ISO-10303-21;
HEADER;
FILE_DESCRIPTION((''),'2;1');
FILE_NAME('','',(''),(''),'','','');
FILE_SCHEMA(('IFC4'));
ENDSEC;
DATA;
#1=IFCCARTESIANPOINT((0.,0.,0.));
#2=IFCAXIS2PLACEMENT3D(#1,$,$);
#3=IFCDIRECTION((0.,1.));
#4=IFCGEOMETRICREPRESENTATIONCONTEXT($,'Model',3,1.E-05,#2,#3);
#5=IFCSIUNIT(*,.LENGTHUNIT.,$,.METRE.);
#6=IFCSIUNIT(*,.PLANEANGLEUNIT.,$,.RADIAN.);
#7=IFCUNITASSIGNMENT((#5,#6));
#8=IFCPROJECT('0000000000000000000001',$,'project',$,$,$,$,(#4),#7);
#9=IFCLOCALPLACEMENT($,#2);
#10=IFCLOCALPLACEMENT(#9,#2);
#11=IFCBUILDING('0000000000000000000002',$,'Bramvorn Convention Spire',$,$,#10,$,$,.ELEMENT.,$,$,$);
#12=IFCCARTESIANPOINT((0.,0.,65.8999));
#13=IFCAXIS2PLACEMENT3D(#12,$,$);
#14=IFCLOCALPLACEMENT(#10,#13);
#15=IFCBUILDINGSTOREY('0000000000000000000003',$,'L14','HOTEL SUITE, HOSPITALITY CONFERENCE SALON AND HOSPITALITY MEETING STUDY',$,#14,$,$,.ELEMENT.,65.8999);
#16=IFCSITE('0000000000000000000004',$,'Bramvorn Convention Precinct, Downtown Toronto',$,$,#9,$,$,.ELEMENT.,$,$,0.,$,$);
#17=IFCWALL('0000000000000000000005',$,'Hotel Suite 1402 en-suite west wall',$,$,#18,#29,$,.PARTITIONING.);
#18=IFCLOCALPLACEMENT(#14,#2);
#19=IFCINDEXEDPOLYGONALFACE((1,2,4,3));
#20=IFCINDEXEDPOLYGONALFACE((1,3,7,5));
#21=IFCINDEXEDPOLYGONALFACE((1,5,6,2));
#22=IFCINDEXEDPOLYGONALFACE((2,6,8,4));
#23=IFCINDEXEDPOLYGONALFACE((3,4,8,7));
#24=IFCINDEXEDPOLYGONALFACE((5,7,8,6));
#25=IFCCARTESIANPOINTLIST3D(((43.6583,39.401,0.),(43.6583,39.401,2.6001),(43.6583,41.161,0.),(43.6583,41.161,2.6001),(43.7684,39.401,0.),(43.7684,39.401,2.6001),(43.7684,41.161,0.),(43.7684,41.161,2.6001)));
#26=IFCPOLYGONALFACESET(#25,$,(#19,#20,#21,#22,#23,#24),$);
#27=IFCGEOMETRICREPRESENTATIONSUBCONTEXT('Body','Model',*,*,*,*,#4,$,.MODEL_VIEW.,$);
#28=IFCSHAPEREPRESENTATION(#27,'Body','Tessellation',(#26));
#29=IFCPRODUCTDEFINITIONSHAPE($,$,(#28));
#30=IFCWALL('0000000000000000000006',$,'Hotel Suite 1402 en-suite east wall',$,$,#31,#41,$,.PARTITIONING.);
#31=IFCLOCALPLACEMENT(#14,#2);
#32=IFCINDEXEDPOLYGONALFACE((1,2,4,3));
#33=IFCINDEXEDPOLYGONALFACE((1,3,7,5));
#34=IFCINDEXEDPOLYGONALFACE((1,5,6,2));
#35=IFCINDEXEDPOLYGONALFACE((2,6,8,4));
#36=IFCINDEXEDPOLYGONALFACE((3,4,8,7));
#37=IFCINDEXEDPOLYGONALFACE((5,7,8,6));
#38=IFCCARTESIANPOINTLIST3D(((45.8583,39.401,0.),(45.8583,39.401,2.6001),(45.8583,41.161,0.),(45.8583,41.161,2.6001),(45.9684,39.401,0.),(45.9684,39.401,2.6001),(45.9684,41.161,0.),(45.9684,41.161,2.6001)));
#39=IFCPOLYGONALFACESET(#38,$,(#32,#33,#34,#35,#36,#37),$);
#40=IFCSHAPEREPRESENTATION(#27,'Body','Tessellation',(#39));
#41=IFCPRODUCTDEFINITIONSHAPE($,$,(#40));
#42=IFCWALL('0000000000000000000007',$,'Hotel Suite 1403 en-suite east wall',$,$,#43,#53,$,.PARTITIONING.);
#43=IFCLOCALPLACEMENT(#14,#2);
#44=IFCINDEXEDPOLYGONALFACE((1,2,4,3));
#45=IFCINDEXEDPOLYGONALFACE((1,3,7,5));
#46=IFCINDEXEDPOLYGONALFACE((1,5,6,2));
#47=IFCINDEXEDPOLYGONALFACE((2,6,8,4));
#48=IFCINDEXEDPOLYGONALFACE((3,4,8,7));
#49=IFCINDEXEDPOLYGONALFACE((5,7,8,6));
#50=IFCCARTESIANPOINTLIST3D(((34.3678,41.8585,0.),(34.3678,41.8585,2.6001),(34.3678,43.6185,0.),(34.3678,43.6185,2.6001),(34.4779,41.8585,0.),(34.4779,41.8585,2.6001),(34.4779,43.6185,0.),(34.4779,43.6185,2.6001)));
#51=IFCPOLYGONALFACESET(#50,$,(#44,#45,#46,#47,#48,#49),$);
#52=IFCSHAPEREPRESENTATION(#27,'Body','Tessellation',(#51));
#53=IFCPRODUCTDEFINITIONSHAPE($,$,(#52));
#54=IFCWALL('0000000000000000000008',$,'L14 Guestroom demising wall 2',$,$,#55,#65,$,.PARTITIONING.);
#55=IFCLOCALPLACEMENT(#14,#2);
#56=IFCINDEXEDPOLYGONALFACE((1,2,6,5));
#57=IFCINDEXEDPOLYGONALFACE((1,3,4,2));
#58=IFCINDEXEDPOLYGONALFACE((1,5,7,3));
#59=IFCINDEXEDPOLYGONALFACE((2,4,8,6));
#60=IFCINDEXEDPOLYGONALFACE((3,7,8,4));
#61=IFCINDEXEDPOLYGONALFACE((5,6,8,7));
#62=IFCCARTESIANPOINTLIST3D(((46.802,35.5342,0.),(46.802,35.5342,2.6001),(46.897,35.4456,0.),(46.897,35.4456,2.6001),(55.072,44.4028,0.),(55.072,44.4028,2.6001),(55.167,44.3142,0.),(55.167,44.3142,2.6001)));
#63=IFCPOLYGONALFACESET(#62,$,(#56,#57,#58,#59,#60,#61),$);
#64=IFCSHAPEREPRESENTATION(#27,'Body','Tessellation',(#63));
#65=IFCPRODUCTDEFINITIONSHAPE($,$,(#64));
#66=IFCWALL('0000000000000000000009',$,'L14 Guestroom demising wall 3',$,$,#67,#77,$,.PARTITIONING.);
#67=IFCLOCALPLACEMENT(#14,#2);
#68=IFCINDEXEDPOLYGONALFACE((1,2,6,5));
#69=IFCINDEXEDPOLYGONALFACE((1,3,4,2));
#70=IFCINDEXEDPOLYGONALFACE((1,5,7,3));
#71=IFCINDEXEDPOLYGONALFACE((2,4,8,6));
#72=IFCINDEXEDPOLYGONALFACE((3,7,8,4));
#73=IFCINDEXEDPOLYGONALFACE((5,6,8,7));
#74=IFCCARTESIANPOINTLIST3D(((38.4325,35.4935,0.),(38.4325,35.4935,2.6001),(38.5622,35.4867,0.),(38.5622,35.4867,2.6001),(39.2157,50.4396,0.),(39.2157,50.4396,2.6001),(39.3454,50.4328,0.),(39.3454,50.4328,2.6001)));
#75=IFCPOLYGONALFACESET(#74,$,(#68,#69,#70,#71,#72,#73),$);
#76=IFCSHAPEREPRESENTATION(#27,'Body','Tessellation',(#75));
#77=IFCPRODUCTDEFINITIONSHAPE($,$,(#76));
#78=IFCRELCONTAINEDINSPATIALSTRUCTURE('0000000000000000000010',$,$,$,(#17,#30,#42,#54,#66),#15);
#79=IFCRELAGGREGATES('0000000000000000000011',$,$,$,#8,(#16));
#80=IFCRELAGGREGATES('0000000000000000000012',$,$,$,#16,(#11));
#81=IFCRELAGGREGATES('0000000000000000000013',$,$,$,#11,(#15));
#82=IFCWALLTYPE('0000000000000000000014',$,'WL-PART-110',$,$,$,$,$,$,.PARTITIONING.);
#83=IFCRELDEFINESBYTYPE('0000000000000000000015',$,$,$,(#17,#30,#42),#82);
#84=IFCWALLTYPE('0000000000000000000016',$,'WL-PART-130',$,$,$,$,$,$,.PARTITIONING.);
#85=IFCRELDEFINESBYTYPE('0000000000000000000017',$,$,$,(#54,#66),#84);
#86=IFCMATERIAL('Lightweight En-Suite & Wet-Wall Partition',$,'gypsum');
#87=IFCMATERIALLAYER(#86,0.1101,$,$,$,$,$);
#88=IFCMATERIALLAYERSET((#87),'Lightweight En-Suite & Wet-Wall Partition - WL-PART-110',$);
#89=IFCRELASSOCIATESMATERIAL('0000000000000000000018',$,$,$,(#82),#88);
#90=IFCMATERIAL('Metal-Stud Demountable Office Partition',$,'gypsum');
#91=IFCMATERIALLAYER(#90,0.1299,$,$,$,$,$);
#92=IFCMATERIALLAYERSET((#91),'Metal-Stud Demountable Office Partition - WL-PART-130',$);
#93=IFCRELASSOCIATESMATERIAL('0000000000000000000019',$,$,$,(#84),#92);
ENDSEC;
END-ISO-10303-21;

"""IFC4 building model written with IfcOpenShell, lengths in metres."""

from ifc_helpers import new_model, si_unit, direction, frame, frame_2d, origin, place, context, subcontext, project, spatial, rectangle, extrude, material, layer, layer_set, type_object, element, save


model = new_model("IFC4")

# Units and contexts
model_context = context("Model", 3, precision=1e-05, world=origin(), true_north=direction((0.0, 1.0)))
body_context = subcontext(model_context, "Body", "Model", "MODEL_VIEW")
ifc_project = project(units=[si_unit("LENGTHUNIT", "METRE"), si_unit("PLANEANGLEUNIT", "RADIAN")], contexts=[model_context])

# Site, building, storey
site_placement = place(None, origin())
site = spatial("IfcSite", under=ifc_project, at=site_placement, Name="Bramvorn Convention Precinct, Downtown Toronto", CompositionType="ELEMENT", RefElevation=0.0)
building_placement = place(site_placement, origin())
building = spatial("IfcBuilding", under=site, at=building_placement, Name="Bramvorn Convention Spire", CompositionType="ELEMENT")
storey_placement = place(building_placement, frame((0.0, 0.0, 65.8999)))
storey = spatial("IfcBuildingStorey", under=building, at=storey_placement, Name="L14", Description="HOTEL SUITE, HOSPITALITY CONFERENCE SALON AND HOSPITALITY MEETING STUDY", CompositionType="ELEMENT", Elevation=65.8999)

# Shared definitions
ifc_material_1 = material(Name="Lightweight En-Suite & Wet-Wall Partition", Category="gypsum")
ifc_layer_1 = layer(ifc_material_1, 0.1101)
ifc_layer_set_1 = layer_set([ifc_layer_1], Name="Lightweight En-Suite & Wet-Wall Partition - WL-PART-110")
wall_type_1 = type_object("IfcWallType", Name="WL-PART-110", PredefinedType="PARTITIONING", material=ifc_layer_set_1)

# Walls
for number, where, z_axis, x_axis, name in (
    (1, (43.7134, 39.4011, 0.0), (0.0, 0.0, 1.0), (0.0, 1.0, 0.0), "Hotel Suite 1402 en-suite west wall"),
    (2, (45.9133, 39.4011, 0.0), (0.0, 0.0, 1.0), (0.0, 1.0, 0.0), "Hotel Suite 1402 en-suite east wall"),
    (3, (34.4229, 41.8586, 0.0), (0.0, 0.0, 1.0), (0.0, 1.0, 0.0), "Hotel Suite 1403 en-suite east wall"),
):
    element("IfcWall", number, at=place(storey_placement, frame(where, z_axis=z_axis, x_axis=x_axis)), inside=storey, type_object=wall_type_1, Name=name, PredefinedType="PARTITIONING", context=body_context, shape_type="SweptSolid", body=[
        extrude(rectangle(XDim=1.76, YDim=0.1101, at=frame_2d((0.8799, 0.0))), origin(), (0.0, 0.0, 1.0), 2.6001),
    ])
ifc_material_2 = material(Name="Metal-Stud Demountable Office Partition", Category="gypsum")
ifc_layer_2 = layer(ifc_material_2, 0.1299)
ifc_layer_set_2 = layer_set([ifc_layer_2], Name="Metal-Stud Demountable Office Partition - WL-PART-130")
wall_type_2 = type_object("IfcWallType", Name="WL-PART-130", PredefinedType="PARTITIONING", material=ifc_layer_set_2)
wall_1_placement = place(storey_placement, frame((46.8496, 35.49, 0.0), z_axis=(0.0, 0.0, 1.0), x_axis=(0.681993, 0.731359, 0.0)))
element("IfcWall", 4, at=wall_1_placement, inside=storey, type_object=wall_type_2, Name="L14 Guestroom demising wall 2", PredefinedType="PARTITIONING", context=body_context, shape_type="SweptSolid", body=[
    extrude(rectangle(XDim=12.1262, YDim=0.1299, at=frame_2d((6.063, 0.0))), origin(), (0.0, 0.0, 1.0), 2.6001),
])
wall_2_placement = place(storey_placement, frame((38.4973, 35.49, 0.0), z_axis=(0.0, 0.0, 1.0), x_axis=(0.05233, 0.99863, 0.0)))
element("IfcWall", 5, at=wall_2_placement, inside=storey, type_object=wall_type_2, Name="L14 Guestroom demising wall 3", PredefinedType="PARTITIONING", context=body_context, shape_type="SweptSolid", body=[
    extrude(rectangle(XDim=14.9666, YDim=0.1299, at=frame_2d((7.4834, 0.0))), origin(), (0.0, 0.0, 1.0), 2.6001),
])

save(model, "model.ifc")
